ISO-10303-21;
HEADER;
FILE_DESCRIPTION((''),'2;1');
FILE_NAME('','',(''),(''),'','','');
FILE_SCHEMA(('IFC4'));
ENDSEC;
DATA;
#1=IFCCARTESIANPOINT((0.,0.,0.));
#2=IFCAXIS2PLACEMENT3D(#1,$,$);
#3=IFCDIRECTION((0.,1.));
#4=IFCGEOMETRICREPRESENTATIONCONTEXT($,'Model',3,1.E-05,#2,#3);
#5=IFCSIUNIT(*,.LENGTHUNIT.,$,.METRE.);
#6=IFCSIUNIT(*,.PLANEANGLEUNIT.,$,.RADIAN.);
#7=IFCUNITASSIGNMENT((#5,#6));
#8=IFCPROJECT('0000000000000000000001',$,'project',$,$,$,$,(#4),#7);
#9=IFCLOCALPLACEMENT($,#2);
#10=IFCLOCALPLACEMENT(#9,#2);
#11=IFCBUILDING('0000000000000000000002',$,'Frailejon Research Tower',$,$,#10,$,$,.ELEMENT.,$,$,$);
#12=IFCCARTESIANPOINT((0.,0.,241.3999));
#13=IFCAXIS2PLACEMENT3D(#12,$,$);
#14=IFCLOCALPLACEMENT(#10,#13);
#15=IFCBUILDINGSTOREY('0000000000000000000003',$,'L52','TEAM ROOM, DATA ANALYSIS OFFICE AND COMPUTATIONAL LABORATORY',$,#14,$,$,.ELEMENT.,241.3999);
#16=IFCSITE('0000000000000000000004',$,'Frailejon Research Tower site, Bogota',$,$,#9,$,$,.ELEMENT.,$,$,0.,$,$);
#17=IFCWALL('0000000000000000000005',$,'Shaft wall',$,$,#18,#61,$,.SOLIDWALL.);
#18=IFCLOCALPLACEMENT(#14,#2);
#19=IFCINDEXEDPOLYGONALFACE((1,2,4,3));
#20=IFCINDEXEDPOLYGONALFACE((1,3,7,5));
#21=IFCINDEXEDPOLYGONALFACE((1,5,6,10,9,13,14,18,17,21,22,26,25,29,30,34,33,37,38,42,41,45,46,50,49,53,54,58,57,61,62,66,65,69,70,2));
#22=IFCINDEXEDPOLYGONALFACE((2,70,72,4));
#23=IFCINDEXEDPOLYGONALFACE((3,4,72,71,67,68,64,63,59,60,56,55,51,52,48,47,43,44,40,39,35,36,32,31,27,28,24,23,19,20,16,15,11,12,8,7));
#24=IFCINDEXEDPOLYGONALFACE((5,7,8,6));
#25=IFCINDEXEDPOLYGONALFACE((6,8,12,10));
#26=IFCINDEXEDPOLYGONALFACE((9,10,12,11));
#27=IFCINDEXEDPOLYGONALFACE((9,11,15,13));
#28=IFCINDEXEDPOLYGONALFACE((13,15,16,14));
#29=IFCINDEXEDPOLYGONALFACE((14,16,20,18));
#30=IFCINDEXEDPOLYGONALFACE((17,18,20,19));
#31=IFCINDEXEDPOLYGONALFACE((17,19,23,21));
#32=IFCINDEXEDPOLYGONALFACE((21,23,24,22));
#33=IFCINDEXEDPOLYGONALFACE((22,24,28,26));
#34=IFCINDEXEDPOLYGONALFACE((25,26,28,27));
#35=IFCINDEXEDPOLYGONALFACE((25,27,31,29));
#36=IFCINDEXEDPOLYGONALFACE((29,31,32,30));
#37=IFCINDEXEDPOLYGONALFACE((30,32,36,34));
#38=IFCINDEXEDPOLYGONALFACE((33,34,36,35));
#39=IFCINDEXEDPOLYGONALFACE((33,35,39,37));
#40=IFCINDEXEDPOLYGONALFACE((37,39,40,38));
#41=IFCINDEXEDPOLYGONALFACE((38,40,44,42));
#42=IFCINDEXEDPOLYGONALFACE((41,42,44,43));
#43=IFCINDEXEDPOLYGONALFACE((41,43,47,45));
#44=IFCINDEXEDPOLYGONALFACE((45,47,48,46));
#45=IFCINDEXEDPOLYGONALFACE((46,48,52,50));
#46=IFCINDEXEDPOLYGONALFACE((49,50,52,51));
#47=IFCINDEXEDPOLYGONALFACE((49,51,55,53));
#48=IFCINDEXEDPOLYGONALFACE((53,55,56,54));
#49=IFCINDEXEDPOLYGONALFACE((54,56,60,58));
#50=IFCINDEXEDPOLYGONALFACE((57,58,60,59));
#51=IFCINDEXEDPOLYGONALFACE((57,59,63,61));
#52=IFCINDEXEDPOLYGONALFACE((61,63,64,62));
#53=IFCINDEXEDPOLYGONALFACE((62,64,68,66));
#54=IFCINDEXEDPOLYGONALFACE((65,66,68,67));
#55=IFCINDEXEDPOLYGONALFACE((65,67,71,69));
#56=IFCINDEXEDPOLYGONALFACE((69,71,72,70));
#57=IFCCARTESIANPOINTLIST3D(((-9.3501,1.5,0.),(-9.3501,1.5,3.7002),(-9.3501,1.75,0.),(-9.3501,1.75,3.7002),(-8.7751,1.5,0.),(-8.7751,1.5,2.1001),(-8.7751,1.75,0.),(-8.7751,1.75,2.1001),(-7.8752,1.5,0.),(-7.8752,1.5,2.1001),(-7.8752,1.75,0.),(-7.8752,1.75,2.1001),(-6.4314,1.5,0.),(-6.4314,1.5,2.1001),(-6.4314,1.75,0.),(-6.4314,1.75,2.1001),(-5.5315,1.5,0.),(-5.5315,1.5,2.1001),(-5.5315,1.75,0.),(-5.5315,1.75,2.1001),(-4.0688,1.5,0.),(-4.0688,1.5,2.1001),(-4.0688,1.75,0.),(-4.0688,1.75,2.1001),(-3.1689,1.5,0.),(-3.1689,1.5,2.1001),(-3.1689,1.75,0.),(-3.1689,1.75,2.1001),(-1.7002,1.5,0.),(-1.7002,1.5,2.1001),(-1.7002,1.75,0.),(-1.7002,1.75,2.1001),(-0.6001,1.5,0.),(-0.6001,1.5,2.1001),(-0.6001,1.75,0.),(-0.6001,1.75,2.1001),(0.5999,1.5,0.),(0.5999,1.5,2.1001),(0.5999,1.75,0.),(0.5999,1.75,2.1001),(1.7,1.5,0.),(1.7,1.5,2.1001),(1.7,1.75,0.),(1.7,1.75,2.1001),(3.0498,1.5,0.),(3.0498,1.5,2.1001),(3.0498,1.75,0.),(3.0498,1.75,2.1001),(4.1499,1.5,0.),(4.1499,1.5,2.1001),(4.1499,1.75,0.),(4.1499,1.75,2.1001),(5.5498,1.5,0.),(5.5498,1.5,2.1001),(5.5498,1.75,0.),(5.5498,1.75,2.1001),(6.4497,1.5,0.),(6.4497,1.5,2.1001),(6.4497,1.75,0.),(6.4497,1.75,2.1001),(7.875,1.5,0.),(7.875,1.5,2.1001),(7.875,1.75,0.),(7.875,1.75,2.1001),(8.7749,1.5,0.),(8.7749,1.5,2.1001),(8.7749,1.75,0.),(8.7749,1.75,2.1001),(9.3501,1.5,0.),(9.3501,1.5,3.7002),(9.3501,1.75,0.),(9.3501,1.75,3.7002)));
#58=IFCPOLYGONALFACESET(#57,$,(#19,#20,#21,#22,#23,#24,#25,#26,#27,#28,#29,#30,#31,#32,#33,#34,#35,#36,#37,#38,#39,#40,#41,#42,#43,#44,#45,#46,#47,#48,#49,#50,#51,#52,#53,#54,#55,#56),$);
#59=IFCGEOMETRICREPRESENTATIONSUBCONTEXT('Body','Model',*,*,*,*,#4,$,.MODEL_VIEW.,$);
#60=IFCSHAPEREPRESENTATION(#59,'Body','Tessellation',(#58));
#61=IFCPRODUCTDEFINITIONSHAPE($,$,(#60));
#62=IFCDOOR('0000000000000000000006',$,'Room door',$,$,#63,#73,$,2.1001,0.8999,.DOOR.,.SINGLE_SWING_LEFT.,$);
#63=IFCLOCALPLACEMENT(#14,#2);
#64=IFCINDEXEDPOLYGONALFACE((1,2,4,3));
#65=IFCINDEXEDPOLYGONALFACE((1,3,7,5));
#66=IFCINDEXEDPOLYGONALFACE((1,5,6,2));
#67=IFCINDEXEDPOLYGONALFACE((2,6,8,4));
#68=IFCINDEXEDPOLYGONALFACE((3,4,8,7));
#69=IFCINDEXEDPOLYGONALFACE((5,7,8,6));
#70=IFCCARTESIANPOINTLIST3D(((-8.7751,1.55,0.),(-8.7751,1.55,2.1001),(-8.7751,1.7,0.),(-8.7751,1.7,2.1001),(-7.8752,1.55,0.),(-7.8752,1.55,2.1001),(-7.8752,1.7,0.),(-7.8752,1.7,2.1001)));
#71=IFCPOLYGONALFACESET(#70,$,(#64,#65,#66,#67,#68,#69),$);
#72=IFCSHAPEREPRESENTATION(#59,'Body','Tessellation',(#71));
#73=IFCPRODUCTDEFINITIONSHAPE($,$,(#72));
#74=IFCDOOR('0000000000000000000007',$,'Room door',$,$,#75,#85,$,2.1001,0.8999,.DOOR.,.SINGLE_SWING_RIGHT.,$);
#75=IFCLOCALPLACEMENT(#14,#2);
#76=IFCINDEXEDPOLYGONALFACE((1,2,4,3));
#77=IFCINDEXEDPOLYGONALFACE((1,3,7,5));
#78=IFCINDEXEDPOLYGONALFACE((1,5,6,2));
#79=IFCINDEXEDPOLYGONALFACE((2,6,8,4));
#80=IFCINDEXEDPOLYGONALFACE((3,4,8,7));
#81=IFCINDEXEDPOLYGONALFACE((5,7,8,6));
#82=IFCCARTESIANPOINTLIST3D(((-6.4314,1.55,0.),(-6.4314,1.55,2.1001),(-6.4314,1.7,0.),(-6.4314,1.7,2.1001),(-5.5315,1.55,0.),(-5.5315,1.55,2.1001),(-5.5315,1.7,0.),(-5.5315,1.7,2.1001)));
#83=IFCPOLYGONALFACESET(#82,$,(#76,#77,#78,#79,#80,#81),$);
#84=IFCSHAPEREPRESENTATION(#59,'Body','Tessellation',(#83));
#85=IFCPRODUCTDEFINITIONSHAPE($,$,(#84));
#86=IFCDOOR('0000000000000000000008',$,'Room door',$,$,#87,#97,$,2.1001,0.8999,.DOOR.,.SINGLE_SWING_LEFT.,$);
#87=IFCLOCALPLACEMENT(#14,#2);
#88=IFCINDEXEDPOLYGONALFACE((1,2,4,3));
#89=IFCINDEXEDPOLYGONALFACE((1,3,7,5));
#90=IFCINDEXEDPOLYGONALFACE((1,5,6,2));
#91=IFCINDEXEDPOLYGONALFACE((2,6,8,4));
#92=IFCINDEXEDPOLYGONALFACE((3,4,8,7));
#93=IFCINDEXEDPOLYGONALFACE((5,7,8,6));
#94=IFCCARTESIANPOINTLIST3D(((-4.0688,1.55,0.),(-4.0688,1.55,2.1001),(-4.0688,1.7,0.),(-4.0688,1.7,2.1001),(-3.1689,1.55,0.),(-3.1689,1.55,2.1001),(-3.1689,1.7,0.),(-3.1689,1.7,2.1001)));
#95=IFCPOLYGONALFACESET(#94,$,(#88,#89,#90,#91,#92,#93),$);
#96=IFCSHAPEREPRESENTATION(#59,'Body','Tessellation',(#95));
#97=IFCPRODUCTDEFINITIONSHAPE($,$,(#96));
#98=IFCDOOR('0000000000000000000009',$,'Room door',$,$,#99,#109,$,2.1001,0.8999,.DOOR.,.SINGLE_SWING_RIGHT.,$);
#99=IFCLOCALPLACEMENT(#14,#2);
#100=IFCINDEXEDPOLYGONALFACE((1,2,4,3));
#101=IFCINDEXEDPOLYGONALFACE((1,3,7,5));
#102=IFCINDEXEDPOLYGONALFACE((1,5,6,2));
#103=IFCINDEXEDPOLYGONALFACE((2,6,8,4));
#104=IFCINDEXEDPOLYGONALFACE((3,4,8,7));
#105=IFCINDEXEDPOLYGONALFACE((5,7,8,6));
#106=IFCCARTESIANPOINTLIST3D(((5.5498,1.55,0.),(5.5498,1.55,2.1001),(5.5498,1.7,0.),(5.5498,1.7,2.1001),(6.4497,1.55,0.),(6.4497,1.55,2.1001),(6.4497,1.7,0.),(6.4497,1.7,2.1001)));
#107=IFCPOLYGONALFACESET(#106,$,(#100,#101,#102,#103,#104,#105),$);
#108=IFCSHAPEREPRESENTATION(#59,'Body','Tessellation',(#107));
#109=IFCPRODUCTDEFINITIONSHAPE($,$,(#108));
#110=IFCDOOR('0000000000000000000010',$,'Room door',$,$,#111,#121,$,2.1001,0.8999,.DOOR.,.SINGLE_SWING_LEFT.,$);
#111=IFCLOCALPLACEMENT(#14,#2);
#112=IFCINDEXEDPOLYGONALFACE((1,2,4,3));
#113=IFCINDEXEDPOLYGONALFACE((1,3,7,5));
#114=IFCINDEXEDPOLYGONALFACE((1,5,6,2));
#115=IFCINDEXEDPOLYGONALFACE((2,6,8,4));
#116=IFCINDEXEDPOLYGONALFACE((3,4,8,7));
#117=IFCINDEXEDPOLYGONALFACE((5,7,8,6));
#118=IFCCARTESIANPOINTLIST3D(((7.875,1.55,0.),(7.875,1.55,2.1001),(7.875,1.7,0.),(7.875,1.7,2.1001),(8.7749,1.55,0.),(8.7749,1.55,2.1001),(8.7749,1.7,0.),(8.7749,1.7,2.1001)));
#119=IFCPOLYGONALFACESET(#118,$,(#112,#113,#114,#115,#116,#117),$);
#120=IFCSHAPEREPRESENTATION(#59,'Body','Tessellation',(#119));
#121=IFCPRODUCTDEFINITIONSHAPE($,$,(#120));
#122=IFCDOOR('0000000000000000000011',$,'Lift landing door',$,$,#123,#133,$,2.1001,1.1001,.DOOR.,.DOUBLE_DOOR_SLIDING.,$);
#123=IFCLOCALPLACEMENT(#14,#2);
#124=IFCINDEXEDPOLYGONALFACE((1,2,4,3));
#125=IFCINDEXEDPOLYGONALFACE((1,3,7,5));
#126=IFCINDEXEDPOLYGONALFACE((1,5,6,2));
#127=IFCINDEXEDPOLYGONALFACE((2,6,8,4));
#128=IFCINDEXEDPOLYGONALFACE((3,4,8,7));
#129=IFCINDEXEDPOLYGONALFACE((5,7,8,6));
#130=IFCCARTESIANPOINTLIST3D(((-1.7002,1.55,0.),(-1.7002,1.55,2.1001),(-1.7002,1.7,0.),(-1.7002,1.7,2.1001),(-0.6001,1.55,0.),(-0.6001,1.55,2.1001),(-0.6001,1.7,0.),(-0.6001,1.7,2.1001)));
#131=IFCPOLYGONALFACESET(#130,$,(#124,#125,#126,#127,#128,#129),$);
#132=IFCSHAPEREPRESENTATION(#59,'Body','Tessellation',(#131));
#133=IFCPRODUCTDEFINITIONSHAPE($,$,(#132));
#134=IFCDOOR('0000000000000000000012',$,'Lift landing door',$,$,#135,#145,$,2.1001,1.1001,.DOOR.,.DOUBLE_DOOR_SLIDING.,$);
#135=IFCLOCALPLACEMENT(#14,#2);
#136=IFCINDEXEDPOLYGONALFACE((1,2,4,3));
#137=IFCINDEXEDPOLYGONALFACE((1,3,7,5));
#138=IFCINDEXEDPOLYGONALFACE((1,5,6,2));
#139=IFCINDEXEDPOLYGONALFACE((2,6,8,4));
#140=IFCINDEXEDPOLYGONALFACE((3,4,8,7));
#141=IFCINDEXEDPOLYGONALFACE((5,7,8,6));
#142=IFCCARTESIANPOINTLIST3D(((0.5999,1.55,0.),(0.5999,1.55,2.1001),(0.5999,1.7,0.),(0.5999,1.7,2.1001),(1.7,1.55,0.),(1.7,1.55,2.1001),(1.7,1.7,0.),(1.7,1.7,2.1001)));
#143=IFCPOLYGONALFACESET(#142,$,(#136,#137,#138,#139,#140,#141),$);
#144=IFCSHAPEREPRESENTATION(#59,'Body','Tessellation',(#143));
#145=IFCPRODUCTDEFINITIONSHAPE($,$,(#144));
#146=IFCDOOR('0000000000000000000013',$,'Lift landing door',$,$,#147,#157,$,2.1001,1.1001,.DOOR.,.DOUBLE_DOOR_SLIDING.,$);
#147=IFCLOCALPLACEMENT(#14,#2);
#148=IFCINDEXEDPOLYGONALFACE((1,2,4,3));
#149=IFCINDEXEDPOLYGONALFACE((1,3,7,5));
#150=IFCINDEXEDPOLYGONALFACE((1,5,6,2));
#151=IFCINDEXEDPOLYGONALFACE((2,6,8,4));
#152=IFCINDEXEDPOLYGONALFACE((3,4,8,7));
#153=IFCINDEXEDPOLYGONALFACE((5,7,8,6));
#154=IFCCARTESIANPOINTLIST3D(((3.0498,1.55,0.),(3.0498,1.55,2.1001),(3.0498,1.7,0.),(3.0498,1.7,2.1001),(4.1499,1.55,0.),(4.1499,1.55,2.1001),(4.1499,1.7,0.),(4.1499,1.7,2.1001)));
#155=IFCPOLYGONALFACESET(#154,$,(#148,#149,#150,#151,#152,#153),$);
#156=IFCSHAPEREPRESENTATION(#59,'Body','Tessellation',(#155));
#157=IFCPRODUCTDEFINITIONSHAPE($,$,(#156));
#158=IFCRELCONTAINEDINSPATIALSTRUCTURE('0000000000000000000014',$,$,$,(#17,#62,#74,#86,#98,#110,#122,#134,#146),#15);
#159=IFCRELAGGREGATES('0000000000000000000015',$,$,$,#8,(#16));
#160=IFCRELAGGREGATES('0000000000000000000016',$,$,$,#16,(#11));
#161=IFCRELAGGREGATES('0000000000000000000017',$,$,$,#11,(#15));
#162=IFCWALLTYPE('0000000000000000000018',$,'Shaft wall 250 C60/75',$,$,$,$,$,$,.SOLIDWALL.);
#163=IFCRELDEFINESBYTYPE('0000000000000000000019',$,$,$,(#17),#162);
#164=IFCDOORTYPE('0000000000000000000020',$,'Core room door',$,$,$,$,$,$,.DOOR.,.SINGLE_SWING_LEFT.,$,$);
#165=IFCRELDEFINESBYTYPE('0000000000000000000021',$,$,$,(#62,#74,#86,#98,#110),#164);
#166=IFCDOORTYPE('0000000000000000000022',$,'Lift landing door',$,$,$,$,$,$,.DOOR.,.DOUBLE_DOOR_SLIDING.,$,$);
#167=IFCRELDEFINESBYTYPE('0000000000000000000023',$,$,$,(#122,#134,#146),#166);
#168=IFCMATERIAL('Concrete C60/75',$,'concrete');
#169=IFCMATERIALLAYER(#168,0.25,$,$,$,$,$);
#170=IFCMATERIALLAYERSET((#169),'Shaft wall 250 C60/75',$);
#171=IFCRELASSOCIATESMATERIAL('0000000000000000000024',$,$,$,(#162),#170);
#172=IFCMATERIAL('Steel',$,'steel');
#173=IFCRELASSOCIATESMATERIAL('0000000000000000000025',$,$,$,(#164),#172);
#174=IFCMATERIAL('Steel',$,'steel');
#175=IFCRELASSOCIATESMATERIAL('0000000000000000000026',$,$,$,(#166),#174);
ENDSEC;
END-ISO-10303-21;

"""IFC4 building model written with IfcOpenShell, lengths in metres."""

from ifc_helpers import new_model, si_unit, direction, frame, frame_2d, origin, place, context, subcontext, project, spatial, rectangle, extrude, material, layer, layer_set, type_object, element, fill, save


model = new_model("IFC4")

# Units and contexts
model_context = context("Model", 3, precision=1e-05, world=origin(), true_north=direction((0.0, 1.0)))
body_context = subcontext(model_context, "Body", "Model", "MODEL_VIEW")
ifc_project = project(units=[si_unit("LENGTHUNIT", "METRE"), si_unit("PLANEANGLEUNIT", "RADIAN")], contexts=[model_context])

# Site, building, storey
site_placement = place(None, origin())
site = spatial("IfcSite", under=ifc_project, at=site_placement, Name="Frailejon Research Tower site, Bogota", CompositionType="ELEMENT", RefElevation=0.0)
building_placement = place(site_placement, origin())
building = spatial("IfcBuilding", under=site, at=building_placement, Name="Frailejon Research Tower", CompositionType="ELEMENT")
storey_placement = place(building_placement, frame((0.0, 0.0, 241.3999)))
storey = spatial("IfcBuildingStorey", under=building, at=storey_placement, Name="L52", Description="TEAM ROOM, DATA ANALYSIS OFFICE AND COMPUTATIONAL LABORATORY", CompositionType="ELEMENT", Elevation=241.3999)

# Shared definitions
ifc_material_1 = material(Name="Concrete C60/75", Category="concrete")
ifc_layer_1 = layer(ifc_material_1, 0.25)
ifc_layer_set_1 = layer_set([ifc_layer_1], Name="Shaft wall 250 C60/75")
wall_type_1 = type_object("IfcWallType", Name="Shaft wall 250 C60/75", PredefinedType="SOLIDWALL", material=ifc_layer_set_1)
ifc_material_2 = material(Name="Steel", Category="steel")
door_type_1 = type_object("IfcDoorType", Name="Core room door", OperationType="SINGLE_SWING_LEFT", PredefinedType="DOOR", material=ifc_material_2)

# Wall, openings, doors
wall_1_placement = place(storey_placement, frame((-9.3501, 1.625, 0.0), z_axis=(0.0, 0.0, 1.0), x_axis=(1.0, 0.0, 0.0)))
wall_1 = element("IfcWall", 1, at=wall_1_placement, inside=storey, type_object=wall_type_1, Name="Shaft wall", PredefinedType="SOLIDWALL", context=body_context, shape_type="SweptSolid", body=[
    extrude(rectangle(XDim=18.7002, YDim=0.25, at=frame_2d((9.3501, 0.0))), origin(), (0.0, 0.0, 1.0), 3.7002),
])
opening_1_placement = place(wall_1_placement, frame((7.6499, 0.0, 0.0)))
opening_1 = element("IfcOpeningElement", 2, at=opening_1_placement, cuts=wall_1, PredefinedType="OPENING", context=body_context, shape_type="SweptSolid", body=[
    extrude(rectangle(XDim=1.1001, YDim=2.1001, at=frame_2d((0.55, 1.05))), frame((0.0, 0.135, 0.0), z_axis=(0.0, -1.0, 0.0), x_axis=(1.0, 0.0, 0.0)), (0.0, 0.0, 1.0), 0.27),
])
opening_2_placement = place(wall_1_placement, frame((9.95, 0.0, 0.0)))
opening_2 = element("IfcOpeningElement", 3, at=opening_2_placement, cuts=wall_1, PredefinedType="OPENING", context=body_context, shape_type="SweptSolid", body=[
    extrude(rectangle(XDim=1.1001, YDim=2.1001, at=frame_2d((0.55, 1.05))), frame((0.0, 0.135, 0.0), z_axis=(0.0, -1.0, 0.0), x_axis=(1.0, 0.0, 0.0)), (0.0, 0.0, 1.0), 0.27),
])
opening_3_placement = place(wall_1_placement, frame((12.3999, 0.0, 0.0)))
opening_3 = element("IfcOpeningElement", 4, at=opening_3_placement, cuts=wall_1, PredefinedType="OPENING", context=body_context, shape_type="SweptSolid", body=[
    extrude(rectangle(XDim=1.1001, YDim=2.1001, at=frame_2d((0.55, 1.05))), frame((0.0, 0.135, 0.0), z_axis=(0.0, -1.0, 0.0), x_axis=(1.0, 0.0, 0.0)), (0.0, 0.0, 1.0), 0.27),
])
opening_4_placement = place(wall_1_placement, frame((0.575, 0.0, 0.0)))
opening_4 = element("IfcOpeningElement", 5, at=opening_4_placement, cuts=wall_1, PredefinedType="OPENING", context=body_context, shape_type="SweptSolid", body=[
    extrude(rectangle(XDim=0.8999, YDim=2.1001, at=frame_2d((0.45, 1.05))), frame((0.0, 0.135, 0.0), z_axis=(0.0, -1.0, 0.0), x_axis=(1.0, 0.0, 0.0)), (0.0, 0.0, 1.0), 0.27),
])
opening_5_placement = place(wall_1_placement, frame((2.9187, 0.0, 0.0)))
opening_5 = element("IfcOpeningElement", 6, at=opening_5_placement, cuts=wall_1, PredefinedType="OPENING", context=body_context, shape_type="SweptSolid", body=[
    extrude(rectangle(XDim=0.8999, YDim=2.1001, at=frame_2d((0.45, 1.05))), frame((0.0, 0.135, 0.0), z_axis=(0.0, -1.0, 0.0), x_axis=(1.0, 0.0, 0.0)), (0.0, 0.0, 1.0), 0.27),
])
opening_6_placement = place(wall_1_placement, frame((5.2812, 0.0, 0.0)))
opening_6 = element("IfcOpeningElement", 7, at=opening_6_placement, cuts=wall_1, PredefinedType="OPENING", context=body_context, shape_type="SweptSolid", body=[
    extrude(rectangle(XDim=0.8999, YDim=2.1001, at=frame_2d((0.45, 1.05))), frame((0.0, 0.135, 0.0), z_axis=(0.0, -1.0, 0.0), x_axis=(1.0, 0.0, 0.0)), (0.0, 0.0, 1.0), 0.27),
])
opening_7_placement = place(wall_1_placement, frame((14.8999, 0.0, 0.0)))
opening_7 = element("IfcOpeningElement", 8, at=opening_7_placement, cuts=wall_1, PredefinedType="OPENING", context=body_context, shape_type="SweptSolid", body=[
    extrude(rectangle(XDim=0.8999, YDim=2.1001, at=frame_2d((0.45, 1.05))), frame((0.0, 0.135, 0.0), z_axis=(0.0, -1.0, 0.0), x_axis=(1.0, 0.0, 0.0)), (0.0, 0.0, 1.0), 0.27),
])
opening_8_placement = place(wall_1_placement, frame((17.2251, 0.0, 0.0)))
opening_8 = element("IfcOpeningElement", 9, at=opening_8_placement, cuts=wall_1, PredefinedType="OPENING", context=body_context, shape_type="SweptSolid", body=[
    extrude(rectangle(XDim=0.8999, YDim=2.1001, at=frame_2d((0.45, 1.05))), frame((0.0, 0.135, 0.0), z_axis=(0.0, -1.0, 0.0), x_axis=(1.0, 0.0, 0.0)), (0.0, 0.0, 1.0), 0.27),
])
door_1_placement = place(opening_4_placement, origin())
door_1 = element("IfcDoor", 10, at=door_1_placement, inside=storey, type_object=door_type_1, Name="Room door", OperationType="SINGLE_SWING_LEFT", OverallHeight=2.1001, OverallWidth=0.8999, PredefinedType="DOOR", context=body_context, shape_type="SweptSolid", body=[
    extrude(rectangle(XDim=0.8999, YDim=2.1001, at=frame_2d((0.45, 1.05))), frame((0.0, 0.075, 0.0), z_axis=(0.0, -1.0, 0.0), x_axis=(1.0, 0.0, 0.0)), (0.0, 0.0, 1.0), 0.1499),
])
fill(opening_4, door_1)
door_2_placement = place(opening_5_placement, origin())
door_2 = element("IfcDoor", 11, at=door_2_placement, inside=storey, type_object=door_type_1, Name="Room door", OperationType="SINGLE_SWING_RIGHT", OverallHeight=2.1001, OverallWidth=0.8999, PredefinedType="DOOR", context=body_context, shape_type="SweptSolid", body=[
    extrude(rectangle(XDim=0.8999, YDim=2.1001, at=frame_2d((0.45, 1.05))), frame((0.0, 0.075, 0.0), z_axis=(0.0, -1.0, 0.0), x_axis=(1.0, 0.0, 0.0)), (0.0, 0.0, 1.0), 0.1499),
])
fill(opening_5, door_2)
door_3_placement = place(opening_6_placement, origin())
door_3 = element("IfcDoor", 12, at=door_3_placement, inside=storey, type_object=door_type_1, Name="Room door", OperationType="SINGLE_SWING_LEFT", OverallHeight=2.1001, OverallWidth=0.8999, PredefinedType="DOOR", context=body_context, shape_type="SweptSolid", body=[
    extrude(rectangle(XDim=0.8999, YDim=2.1001, at=frame_2d((0.45, 1.05))), frame((0.0, 0.075, 0.0), z_axis=(0.0, -1.0, 0.0), x_axis=(1.0, 0.0, 0.0)), (0.0, 0.0, 1.0), 0.1499),
])
fill(opening_6, door_3)
door_4_placement = place(opening_7_placement, origin())
door_4 = element("IfcDoor", 13, at=door_4_placement, inside=storey, type_object=door_type_1, Name="Room door", OperationType="SINGLE_SWING_RIGHT", OverallHeight=2.1001, OverallWidth=0.8999, PredefinedType="DOOR", context=body_context, shape_type="SweptSolid", body=[
    extrude(rectangle(XDim=0.8999, YDim=2.1001, at=frame_2d((0.45, 1.05))), frame((0.0, 0.075, 0.0), z_axis=(0.0, -1.0, 0.0), x_axis=(1.0, 0.0, 0.0)), (0.0, 0.0, 1.0), 0.1499),
])
fill(opening_7, door_4)
door_5_placement = place(opening_8_placement, origin())
door_5 = element("IfcDoor", 14, at=door_5_placement, inside=storey, type_object=door_type_1, Name="Room door", OperationType="SINGLE_SWING_LEFT", OverallHeight=2.1001, OverallWidth=0.8999, PredefinedType="DOOR", context=body_context, shape_type="SweptSolid", body=[
    extrude(rectangle(XDim=0.8999, YDim=2.1001, at=frame_2d((0.45, 1.05))), frame((0.0, 0.075, 0.0), z_axis=(0.0, -1.0, 0.0), x_axis=(1.0, 0.0, 0.0)), (0.0, 0.0, 1.0), 0.1499),
])
fill(opening_8, door_5)
ifc_material_3 = material(Name="Steel", Category="steel")
door_type_2 = type_object("IfcDoorType", Name="Lift landing door", OperationType="DOUBLE_DOOR_SLIDING", PredefinedType="DOOR", material=ifc_material_3)
door_6_placement = place(opening_1_placement, origin())
door_6 = element("IfcDoor", 15, at=door_6_placement, inside=storey, type_object=door_type_2, Name="Lift landing door", OperationType="DOUBLE_DOOR_SLIDING", OverallHeight=2.1001, OverallWidth=1.1001, PredefinedType="DOOR", context=body_context, shape_type="SweptSolid", body=[
    extrude(rectangle(XDim=1.1001, YDim=2.1001, at=frame_2d((0.55, 1.05))), frame((0.0, 0.075, 0.0), z_axis=(0.0, -1.0, 0.0), x_axis=(1.0, 0.0, 0.0)), (0.0, 0.0, 1.0), 0.1499),
])
fill(opening_1, door_6)
door_7_placement = place(opening_2_placement, origin())
door_7 = element("IfcDoor", 16, at=door_7_placement, inside=storey, type_object=door_type_2, Name="Lift landing door", OperationType="DOUBLE_DOOR_SLIDING", OverallHeight=2.1001, OverallWidth=1.1001, PredefinedType="DOOR", context=body_context, shape_type="SweptSolid", body=[
    extrude(rectangle(XDim=1.1001, YDim=2.1001, at=frame_2d((0.55, 1.05))), frame((0.0, 0.075, 0.0), z_axis=(0.0, -1.0, 0.0), x_axis=(1.0, 0.0, 0.0)), (0.0, 0.0, 1.0), 0.1499),
])
fill(opening_2, door_7)
door_8_placement = place(opening_3_placement, origin())
door_8 = element("IfcDoor", 17, at=door_8_placement, inside=storey, type_object=door_type_2, Name="Lift landing door", OperationType="DOUBLE_DOOR_SLIDING", OverallHeight=2.1001, OverallWidth=1.1001, PredefinedType="DOOR", context=body_context, shape_type="SweptSolid", body=[
    extrude(rectangle(XDim=1.1001, YDim=2.1001, at=frame_2d((0.55, 1.05))), frame((0.0, 0.075, 0.0), z_axis=(0.0, -1.0, 0.0), x_axis=(1.0, 0.0, 0.0)), (0.0, 0.0, 1.0), 0.1499),
])
fill(opening_3, door_8)

save(model, "model.ifc")
